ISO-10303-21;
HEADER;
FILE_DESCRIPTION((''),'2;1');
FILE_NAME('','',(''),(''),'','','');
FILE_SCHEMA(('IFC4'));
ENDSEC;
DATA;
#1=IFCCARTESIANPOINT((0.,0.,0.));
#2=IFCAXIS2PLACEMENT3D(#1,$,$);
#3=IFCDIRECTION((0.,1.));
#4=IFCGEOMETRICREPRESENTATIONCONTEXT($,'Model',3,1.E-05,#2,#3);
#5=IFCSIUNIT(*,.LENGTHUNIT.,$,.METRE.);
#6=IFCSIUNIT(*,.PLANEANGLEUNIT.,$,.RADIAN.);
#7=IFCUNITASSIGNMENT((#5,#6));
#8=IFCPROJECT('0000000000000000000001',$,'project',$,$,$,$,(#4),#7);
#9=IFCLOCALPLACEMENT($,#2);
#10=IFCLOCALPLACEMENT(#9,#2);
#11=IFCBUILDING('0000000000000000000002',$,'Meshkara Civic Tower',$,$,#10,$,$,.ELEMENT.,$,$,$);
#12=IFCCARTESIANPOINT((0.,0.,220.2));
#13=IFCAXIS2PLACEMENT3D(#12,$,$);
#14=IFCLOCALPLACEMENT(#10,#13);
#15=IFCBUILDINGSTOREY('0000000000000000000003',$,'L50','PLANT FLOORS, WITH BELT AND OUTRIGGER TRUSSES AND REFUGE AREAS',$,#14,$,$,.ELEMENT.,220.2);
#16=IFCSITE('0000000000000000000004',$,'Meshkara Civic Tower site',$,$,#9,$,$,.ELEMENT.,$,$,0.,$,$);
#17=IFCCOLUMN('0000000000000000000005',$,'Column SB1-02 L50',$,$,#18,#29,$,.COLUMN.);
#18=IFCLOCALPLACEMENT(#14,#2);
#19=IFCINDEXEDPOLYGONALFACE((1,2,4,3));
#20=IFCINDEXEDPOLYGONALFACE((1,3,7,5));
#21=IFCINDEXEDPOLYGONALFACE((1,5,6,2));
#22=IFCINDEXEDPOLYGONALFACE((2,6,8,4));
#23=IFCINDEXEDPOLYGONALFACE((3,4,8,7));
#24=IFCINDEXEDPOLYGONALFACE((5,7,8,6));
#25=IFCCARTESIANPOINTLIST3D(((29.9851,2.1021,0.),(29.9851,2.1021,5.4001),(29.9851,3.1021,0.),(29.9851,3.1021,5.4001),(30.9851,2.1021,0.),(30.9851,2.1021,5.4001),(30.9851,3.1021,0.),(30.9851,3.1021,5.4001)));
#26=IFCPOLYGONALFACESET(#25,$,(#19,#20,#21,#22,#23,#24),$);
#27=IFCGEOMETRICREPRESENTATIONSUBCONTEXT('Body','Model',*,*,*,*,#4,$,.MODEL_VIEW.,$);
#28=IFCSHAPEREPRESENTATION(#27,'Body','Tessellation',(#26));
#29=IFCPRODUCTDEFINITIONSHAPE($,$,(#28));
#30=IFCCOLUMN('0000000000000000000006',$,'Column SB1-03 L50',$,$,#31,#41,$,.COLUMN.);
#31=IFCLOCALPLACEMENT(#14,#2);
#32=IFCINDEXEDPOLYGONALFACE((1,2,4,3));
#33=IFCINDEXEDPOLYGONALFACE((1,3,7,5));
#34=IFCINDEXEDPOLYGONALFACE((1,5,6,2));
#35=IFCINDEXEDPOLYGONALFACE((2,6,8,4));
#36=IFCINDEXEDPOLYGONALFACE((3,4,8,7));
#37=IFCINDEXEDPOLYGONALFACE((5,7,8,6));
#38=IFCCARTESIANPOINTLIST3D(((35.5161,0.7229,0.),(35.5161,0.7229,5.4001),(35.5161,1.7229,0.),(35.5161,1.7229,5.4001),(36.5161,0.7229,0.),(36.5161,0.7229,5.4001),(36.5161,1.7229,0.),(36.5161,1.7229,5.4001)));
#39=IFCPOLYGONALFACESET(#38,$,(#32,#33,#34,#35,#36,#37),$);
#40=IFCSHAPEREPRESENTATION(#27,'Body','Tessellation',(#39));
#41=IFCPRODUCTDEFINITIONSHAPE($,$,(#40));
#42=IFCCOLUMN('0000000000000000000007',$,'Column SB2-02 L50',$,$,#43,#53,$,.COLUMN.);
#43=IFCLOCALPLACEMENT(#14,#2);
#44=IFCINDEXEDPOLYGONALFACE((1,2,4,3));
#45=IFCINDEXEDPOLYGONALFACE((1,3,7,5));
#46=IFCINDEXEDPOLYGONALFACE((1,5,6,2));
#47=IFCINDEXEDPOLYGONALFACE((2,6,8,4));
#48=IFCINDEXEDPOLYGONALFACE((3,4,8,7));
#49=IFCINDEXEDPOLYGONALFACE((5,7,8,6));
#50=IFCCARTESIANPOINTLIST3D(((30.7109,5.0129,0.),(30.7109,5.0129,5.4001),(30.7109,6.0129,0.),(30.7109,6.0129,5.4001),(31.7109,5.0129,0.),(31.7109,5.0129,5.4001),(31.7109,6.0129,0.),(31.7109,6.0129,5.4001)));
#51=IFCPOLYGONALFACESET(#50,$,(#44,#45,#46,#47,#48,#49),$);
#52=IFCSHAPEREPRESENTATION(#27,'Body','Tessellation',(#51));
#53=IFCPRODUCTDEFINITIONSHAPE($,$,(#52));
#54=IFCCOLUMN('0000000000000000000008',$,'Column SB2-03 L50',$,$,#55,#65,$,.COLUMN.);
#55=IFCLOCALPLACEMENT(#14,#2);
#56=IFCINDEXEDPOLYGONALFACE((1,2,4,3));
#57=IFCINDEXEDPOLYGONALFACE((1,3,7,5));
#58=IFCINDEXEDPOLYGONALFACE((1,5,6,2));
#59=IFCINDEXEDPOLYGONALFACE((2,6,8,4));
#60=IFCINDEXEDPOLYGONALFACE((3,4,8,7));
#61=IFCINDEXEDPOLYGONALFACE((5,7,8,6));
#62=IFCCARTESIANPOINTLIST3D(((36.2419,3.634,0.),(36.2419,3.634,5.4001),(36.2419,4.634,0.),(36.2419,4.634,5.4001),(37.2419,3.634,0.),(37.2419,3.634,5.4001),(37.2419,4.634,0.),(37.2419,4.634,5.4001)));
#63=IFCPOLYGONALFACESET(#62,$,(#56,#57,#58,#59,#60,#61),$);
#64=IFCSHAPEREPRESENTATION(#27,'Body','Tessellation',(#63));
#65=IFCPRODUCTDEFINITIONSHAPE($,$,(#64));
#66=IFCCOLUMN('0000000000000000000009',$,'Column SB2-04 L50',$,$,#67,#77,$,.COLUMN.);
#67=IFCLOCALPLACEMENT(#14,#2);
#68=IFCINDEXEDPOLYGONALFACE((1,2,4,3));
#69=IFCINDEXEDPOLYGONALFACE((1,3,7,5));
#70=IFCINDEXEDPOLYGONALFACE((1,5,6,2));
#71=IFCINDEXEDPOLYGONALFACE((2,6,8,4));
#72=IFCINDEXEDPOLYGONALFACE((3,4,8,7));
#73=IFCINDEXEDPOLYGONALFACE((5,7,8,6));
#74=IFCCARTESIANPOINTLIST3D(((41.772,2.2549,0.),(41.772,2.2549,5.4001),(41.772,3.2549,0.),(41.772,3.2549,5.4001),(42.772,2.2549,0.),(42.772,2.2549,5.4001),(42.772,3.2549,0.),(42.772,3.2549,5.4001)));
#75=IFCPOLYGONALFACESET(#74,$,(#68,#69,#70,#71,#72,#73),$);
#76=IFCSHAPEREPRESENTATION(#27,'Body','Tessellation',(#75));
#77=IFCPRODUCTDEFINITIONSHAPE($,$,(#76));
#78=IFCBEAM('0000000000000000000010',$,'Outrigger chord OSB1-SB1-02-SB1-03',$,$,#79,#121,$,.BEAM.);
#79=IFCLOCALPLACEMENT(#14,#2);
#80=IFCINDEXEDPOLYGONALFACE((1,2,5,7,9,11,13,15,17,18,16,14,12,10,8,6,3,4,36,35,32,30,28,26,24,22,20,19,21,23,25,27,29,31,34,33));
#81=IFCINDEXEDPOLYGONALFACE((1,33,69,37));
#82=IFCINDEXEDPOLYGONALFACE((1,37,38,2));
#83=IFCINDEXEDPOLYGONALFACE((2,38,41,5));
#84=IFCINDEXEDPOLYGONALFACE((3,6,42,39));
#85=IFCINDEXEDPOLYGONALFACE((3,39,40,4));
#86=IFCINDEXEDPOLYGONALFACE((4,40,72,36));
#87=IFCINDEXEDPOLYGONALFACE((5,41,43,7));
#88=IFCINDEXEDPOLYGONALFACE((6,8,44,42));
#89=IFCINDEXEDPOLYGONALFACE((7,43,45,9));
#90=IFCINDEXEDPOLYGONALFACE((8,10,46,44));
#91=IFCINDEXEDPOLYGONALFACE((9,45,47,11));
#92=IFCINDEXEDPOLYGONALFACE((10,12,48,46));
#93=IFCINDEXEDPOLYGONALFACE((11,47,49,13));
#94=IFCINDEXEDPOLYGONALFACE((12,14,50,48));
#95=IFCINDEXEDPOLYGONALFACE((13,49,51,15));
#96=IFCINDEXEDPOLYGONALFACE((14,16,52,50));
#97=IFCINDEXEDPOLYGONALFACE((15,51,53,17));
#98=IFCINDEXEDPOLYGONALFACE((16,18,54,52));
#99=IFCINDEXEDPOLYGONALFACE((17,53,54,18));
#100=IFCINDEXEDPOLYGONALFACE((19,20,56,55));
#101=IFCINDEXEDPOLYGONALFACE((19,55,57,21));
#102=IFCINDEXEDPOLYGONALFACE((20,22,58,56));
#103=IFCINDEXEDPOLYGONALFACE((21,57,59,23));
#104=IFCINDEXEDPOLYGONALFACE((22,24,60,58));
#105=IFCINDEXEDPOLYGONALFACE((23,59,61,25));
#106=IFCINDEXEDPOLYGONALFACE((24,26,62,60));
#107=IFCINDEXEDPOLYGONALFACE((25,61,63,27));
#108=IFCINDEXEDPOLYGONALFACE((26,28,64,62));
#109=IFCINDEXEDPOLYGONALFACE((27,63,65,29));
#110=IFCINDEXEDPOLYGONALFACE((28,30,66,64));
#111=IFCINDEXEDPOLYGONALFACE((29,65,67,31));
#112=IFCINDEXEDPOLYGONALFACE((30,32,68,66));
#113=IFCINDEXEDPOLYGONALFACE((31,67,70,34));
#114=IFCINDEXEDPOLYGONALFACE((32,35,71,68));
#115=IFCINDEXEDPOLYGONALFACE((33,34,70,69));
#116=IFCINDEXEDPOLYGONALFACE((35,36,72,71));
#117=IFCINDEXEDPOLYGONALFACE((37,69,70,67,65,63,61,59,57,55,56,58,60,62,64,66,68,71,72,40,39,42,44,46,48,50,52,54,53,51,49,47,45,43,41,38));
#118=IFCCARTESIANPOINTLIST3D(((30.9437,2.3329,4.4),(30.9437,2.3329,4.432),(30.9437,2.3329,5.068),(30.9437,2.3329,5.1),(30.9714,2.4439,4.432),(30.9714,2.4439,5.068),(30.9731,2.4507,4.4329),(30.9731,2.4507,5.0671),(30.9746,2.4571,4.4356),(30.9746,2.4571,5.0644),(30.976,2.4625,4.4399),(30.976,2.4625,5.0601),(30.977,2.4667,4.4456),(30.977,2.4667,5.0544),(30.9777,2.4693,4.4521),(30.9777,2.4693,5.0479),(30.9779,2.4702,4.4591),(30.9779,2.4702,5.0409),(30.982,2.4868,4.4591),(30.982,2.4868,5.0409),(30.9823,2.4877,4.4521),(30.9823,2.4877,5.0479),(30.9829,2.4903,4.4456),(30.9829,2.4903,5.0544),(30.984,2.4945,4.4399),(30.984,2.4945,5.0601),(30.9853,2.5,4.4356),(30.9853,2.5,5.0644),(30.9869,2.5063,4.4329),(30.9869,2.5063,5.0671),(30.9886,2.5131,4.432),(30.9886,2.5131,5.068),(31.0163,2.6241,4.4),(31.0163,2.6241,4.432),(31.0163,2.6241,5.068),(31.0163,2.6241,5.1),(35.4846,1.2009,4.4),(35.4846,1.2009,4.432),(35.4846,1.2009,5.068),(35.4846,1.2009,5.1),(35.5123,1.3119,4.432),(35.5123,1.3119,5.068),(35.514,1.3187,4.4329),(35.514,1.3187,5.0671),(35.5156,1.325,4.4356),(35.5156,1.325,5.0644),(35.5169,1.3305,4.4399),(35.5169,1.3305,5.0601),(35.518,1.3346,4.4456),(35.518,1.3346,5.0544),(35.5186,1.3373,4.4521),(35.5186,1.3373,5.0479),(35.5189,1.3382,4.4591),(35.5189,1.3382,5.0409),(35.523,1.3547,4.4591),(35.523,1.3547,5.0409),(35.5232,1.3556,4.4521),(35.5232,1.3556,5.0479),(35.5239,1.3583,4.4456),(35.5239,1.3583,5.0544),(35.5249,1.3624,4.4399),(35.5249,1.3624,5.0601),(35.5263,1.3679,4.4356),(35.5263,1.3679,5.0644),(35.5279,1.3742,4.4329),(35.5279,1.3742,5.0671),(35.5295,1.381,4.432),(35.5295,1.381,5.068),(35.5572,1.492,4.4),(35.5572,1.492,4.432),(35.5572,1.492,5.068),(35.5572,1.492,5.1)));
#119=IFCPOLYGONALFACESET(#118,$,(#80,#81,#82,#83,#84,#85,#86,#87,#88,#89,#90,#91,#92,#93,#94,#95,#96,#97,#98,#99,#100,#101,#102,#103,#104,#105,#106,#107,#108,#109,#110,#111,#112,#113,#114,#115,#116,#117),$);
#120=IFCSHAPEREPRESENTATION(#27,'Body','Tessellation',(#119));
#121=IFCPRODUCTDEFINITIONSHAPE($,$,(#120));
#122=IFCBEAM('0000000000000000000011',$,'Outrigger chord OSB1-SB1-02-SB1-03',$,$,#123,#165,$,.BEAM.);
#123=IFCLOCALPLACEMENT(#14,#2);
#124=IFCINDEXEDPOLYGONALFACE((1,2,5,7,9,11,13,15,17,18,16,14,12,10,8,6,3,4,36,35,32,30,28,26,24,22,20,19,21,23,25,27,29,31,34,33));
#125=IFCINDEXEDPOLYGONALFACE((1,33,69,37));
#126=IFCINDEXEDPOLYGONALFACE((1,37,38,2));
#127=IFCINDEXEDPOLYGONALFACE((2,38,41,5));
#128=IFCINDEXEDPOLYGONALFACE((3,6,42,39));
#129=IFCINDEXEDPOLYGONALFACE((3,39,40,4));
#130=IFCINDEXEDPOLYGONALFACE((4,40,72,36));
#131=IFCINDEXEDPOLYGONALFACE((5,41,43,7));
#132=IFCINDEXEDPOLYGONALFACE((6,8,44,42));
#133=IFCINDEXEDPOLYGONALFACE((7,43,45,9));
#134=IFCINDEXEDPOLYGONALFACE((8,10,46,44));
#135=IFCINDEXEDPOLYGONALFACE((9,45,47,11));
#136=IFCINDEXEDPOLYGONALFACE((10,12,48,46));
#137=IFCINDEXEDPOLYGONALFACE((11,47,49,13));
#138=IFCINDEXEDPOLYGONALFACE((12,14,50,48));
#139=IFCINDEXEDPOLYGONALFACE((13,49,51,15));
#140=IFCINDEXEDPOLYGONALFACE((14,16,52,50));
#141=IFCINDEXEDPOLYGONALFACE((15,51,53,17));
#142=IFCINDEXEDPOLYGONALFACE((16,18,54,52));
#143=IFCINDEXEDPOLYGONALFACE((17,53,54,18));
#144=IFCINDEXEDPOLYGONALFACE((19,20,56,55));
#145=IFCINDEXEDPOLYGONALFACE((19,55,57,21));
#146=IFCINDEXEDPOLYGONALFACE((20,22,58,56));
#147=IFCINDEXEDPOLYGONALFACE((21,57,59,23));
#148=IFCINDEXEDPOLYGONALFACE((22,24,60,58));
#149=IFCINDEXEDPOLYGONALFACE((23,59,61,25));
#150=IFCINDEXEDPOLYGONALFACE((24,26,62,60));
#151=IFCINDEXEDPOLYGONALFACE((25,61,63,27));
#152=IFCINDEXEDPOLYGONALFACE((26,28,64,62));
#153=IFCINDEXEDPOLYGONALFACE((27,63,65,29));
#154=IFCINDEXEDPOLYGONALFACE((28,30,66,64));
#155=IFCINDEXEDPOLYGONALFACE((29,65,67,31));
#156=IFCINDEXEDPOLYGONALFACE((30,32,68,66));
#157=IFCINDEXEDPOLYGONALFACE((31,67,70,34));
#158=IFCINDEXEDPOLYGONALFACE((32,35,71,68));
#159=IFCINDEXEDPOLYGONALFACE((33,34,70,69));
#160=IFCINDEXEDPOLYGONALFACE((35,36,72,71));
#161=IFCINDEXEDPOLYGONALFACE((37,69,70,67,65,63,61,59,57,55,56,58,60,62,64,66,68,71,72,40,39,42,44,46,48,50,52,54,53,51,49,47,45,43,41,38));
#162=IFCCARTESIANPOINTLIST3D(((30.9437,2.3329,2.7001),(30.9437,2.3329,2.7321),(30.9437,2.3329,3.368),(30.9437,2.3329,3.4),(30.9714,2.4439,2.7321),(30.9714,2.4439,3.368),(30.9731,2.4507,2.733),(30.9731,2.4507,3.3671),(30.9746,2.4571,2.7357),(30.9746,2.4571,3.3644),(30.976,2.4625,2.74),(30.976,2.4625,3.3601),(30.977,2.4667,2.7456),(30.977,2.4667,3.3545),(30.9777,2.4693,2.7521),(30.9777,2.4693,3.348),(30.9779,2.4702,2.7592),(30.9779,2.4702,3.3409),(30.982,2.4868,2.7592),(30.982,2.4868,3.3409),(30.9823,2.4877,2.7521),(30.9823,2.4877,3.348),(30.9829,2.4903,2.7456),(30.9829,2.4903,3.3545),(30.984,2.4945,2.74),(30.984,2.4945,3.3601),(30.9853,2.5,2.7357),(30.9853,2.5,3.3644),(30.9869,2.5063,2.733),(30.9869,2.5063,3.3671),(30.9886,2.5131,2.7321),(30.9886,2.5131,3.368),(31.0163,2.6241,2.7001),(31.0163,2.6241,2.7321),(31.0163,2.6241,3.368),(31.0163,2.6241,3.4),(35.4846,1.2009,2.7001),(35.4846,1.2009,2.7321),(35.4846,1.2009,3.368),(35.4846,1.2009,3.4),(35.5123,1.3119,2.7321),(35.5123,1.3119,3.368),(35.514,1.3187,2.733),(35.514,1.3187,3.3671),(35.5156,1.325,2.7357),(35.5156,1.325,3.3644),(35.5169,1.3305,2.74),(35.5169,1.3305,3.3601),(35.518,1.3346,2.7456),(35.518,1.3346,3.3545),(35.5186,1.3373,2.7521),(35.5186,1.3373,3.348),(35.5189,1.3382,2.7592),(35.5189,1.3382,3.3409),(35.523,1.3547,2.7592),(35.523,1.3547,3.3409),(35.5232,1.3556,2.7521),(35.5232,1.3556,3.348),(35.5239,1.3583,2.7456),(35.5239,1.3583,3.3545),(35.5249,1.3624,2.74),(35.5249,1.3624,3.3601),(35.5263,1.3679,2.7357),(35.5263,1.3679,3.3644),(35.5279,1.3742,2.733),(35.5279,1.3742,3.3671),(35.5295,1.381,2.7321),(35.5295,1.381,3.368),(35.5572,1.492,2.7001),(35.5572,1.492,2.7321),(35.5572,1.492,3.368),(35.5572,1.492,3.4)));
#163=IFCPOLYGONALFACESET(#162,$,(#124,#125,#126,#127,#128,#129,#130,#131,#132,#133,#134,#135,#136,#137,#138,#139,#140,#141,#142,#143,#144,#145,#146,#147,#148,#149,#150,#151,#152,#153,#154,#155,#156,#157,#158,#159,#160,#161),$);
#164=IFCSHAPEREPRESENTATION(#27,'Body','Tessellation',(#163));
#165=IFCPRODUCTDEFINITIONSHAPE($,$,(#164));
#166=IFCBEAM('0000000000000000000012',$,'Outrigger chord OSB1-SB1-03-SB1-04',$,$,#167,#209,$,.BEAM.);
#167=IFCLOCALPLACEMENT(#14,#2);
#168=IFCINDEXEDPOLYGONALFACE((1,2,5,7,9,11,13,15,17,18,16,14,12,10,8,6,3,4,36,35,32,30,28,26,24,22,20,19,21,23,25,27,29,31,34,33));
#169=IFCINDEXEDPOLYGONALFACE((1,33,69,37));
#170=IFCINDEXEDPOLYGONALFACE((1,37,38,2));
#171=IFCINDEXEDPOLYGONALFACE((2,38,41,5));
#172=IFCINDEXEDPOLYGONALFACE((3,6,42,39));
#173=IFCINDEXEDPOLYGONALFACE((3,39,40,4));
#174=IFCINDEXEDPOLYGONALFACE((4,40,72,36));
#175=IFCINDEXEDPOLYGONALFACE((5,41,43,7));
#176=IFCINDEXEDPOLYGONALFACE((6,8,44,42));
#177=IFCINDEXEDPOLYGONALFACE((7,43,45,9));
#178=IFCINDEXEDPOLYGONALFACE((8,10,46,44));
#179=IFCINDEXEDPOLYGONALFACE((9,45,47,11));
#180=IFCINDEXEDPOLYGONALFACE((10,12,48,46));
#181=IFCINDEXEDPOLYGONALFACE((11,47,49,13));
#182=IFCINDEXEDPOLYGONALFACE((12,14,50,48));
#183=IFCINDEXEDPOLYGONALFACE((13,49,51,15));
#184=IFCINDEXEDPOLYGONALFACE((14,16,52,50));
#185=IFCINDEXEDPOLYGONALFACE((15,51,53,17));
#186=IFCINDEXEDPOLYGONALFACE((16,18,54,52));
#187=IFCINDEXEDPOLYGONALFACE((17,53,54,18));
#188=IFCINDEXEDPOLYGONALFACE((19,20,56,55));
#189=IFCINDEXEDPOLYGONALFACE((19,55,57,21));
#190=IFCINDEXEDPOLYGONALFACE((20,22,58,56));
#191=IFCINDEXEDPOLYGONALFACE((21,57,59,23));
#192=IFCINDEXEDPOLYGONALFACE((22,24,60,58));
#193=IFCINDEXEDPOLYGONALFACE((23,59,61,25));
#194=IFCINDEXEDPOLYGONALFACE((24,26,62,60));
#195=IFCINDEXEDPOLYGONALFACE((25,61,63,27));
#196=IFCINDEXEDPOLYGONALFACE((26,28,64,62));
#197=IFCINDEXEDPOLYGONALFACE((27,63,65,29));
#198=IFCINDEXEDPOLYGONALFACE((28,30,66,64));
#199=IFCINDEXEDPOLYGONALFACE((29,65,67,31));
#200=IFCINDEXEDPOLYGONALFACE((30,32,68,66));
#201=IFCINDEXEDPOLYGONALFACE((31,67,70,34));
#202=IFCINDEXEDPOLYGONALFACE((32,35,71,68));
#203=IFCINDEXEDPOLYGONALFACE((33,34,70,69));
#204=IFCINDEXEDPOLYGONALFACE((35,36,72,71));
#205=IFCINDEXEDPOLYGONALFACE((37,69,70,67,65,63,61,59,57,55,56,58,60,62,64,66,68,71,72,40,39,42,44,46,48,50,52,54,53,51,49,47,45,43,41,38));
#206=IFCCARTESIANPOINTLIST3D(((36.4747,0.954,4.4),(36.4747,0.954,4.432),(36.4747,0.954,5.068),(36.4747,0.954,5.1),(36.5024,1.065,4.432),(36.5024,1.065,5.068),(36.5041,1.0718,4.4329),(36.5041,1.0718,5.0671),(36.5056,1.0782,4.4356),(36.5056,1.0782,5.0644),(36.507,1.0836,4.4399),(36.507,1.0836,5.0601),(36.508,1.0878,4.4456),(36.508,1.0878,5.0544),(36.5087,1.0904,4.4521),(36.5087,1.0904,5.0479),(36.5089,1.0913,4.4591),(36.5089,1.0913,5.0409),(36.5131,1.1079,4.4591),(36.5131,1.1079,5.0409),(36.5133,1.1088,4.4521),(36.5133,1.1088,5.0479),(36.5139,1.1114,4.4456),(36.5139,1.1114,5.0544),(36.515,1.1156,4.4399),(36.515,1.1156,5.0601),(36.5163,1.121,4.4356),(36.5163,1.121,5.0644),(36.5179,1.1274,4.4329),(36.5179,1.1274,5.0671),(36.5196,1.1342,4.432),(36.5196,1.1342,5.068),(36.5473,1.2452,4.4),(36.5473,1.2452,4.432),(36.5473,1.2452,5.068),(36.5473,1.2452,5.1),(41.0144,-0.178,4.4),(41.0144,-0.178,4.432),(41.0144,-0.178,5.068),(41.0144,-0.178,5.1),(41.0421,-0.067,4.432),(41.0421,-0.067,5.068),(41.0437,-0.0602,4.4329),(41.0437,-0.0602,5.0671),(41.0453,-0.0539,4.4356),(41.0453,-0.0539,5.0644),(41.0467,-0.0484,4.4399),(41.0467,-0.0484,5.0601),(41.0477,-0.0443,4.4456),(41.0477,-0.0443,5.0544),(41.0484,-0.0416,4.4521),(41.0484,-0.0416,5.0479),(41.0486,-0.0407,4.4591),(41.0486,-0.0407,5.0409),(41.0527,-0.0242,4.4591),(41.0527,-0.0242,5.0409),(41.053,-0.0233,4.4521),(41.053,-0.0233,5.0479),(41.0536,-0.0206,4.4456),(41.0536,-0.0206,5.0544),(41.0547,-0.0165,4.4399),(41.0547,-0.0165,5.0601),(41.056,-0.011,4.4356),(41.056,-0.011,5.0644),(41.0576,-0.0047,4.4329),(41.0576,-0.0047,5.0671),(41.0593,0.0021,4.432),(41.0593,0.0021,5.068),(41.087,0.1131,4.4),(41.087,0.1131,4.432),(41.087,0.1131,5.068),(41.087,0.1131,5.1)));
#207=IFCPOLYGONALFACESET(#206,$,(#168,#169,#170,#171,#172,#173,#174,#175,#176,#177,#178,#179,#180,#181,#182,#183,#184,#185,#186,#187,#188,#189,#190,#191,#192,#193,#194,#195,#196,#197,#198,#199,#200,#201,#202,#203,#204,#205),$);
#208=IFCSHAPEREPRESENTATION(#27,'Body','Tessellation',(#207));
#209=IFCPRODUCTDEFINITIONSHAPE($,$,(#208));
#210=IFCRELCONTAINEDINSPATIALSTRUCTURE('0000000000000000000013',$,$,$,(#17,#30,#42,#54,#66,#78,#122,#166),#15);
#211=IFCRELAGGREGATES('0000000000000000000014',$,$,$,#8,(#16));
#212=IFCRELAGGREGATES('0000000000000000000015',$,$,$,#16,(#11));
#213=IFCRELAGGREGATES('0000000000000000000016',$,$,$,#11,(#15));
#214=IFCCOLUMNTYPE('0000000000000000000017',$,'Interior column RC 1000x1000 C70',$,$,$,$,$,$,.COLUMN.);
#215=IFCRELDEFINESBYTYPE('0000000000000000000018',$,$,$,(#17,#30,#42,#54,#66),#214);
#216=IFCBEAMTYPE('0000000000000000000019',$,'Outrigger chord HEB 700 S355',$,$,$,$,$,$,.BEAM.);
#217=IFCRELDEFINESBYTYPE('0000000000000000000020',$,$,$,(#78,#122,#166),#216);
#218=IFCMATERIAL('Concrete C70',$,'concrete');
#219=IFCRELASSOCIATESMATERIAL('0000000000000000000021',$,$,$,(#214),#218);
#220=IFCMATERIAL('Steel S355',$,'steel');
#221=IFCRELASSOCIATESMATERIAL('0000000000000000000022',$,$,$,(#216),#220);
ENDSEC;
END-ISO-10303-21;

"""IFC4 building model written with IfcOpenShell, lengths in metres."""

from ifc_helpers import new_model, si_unit, direction, frame, origin, origin_2d, place, context, subcontext, project, spatial, rectangle, i_section, extrude, material, material_profile, profile_set, type_object, element, save


model = new_model("IFC4")

# Units and contexts
model_context = context("Model", 3, precision=1e-05, world=origin(), true_north=direction((0.0, 1.0)))
body_context = subcontext(model_context, "Body", "Model", "MODEL_VIEW")
ifc_project = project(units=[si_unit("LENGTHUNIT", "METRE"), si_unit("PLANEANGLEUNIT", "RADIAN")], contexts=[model_context])

# Site, building, storey
site_placement = place(None, origin())
site = spatial("IfcSite", under=ifc_project, at=site_placement, Name="Meshkara Civic Tower site", CompositionType="ELEMENT", RefElevation=0.0)
building_placement = place(site_placement, origin())
building = spatial("IfcBuilding", under=site, at=building_placement, Name="Meshkara Civic Tower", CompositionType="ELEMENT")
storey_placement = place(building_placement, frame((0.0, 0.0, 220.2)))
storey = spatial("IfcBuildingStorey", under=building, at=storey_placement, Name="L50", Description="PLANT FLOORS, WITH BELT AND OUTRIGGER TRUSSES AND REFUGE AREAS", CompositionType="ELEMENT", Elevation=220.2)

# Columns
ifc_material_1 = material(Name="Concrete C70", Category="concrete")
ifc_material_profile_1 = material_profile(ifc_material_1, rectangle(XDim=1.0, YDim=1.0, at=origin_2d()))
ifc_profile_set_1 = profile_set([ifc_material_profile_1], Name="Concrete C70")
column_type = type_object("IfcColumnType", Name="Interior column RC 1000x1000 C70", PredefinedType="COLUMN", material=ifc_profile_set_1)
for number, where, z_axis, x_axis, name in (
    (1, (30.4851, 2.6021, 0.0), (0.0, 0.0, 1.0), (1.0, 0.0, 0.0), "Column SB1-02 L50"),
    (2, (36.0161, 1.2229, 0.0), (0.0, 0.0, 1.0), (1.0, 0.0, 0.0), "Column SB1-03 L50"),
    (3, (31.2109, 5.5129, 0.0), (0.0, 0.0, 1.0), (1.0, 0.0, 0.0), "Column SB2-02 L50"),
    (4, (36.7419, 4.134, 0.0), (0.0, 0.0, 1.0), (1.0, 0.0, 0.0), "Column SB2-03 L50"),
    (5, (42.272, 2.7549, 0.0), (0.0, 0.0, 1.0), (1.0, 0.0, 0.0), "Column SB2-04 L50"),
):
    element("IfcColumn", number, at=place(storey_placement, frame(where, z_axis=z_axis, x_axis=x_axis)), inside=storey, type_object=column_type, Name=name, PredefinedType="COLUMN", context=body_context, shape_type="SweptSolid", body=[
        extrude(rectangle(XDim=1.0, YDim=1.0, at=origin_2d()), origin(), (0.0, 0.0, 1.0), 5.4001),
    ])

# Beams
ifc_material_2 = material(Name="Steel S355", Category="steel")
ifc_material_profile_2 = material_profile(ifc_material_2, i_section(OverallWidth=0.3, OverallDepth=0.7, WebThickness=0.0171, FlangeThickness=0.032, FilletRadius=0.0271, at=origin_2d()))
ifc_profile_set_2 = profile_set([ifc_material_profile_2], Name="Steel S355")
beam_type = type_object("IfcBeamType", Name="Outrigger chord HEB 700 S355", PredefinedType="BEAM", material=ifc_profile_set_2)
for number, where, z_axis, x_axis, name in (
    (6, (30.98, 2.4785, 4.75), (0.970302, -0.241897, 0.0), (0.241897, 0.970302, 0.0), "Outrigger chord OSB1-SB1-02-SB1-03"),
    (7, (30.98, 2.4785, 3.05), (0.970302, -0.241897, 0.0), (0.241897, 0.970302, 0.0), "Outrigger chord OSB1-SB1-02-SB1-03"),
):
    element("IfcBeam", number, at=place(storey_placement, frame(where, z_axis=z_axis, x_axis=x_axis)), inside=storey, type_object=beam_type, Name=name, PredefinedType="BEAM", context=body_context, shape_type="SweptSolid", body=[
        extrude(i_section(OverallWidth=0.3, OverallDepth=0.7, WebThickness=0.0171, FlangeThickness=0.032, FilletRadius=0.0271, at=origin_2d()), origin(), (0.0, 0.0, 1.0), 4.6799),
    ])
for number, where, z_axis, x_axis, name in (
    (8, (36.511, 1.0996, 4.75), (0.970287, -0.241959, 0.0), (0.241959, 0.970287, 0.0), "Outrigger chord OSB1-SB1-03-SB1-04"),
):
    element("IfcBeam", number, at=place(storey_placement, frame(where, z_axis=z_axis, x_axis=x_axis)), inside=storey, type_object=beam_type, Name=name, PredefinedType="BEAM", context=body_context, shape_type="SweptSolid", body=[
        extrude(i_section(OverallWidth=0.3, OverallDepth=0.7, WebThickness=0.0171, FlangeThickness=0.032, FilletRadius=0.0271, at=origin_2d()), origin(), (0.0, 0.0, 1.0), 4.6787),
    ])

save(model, "model.ifc")
